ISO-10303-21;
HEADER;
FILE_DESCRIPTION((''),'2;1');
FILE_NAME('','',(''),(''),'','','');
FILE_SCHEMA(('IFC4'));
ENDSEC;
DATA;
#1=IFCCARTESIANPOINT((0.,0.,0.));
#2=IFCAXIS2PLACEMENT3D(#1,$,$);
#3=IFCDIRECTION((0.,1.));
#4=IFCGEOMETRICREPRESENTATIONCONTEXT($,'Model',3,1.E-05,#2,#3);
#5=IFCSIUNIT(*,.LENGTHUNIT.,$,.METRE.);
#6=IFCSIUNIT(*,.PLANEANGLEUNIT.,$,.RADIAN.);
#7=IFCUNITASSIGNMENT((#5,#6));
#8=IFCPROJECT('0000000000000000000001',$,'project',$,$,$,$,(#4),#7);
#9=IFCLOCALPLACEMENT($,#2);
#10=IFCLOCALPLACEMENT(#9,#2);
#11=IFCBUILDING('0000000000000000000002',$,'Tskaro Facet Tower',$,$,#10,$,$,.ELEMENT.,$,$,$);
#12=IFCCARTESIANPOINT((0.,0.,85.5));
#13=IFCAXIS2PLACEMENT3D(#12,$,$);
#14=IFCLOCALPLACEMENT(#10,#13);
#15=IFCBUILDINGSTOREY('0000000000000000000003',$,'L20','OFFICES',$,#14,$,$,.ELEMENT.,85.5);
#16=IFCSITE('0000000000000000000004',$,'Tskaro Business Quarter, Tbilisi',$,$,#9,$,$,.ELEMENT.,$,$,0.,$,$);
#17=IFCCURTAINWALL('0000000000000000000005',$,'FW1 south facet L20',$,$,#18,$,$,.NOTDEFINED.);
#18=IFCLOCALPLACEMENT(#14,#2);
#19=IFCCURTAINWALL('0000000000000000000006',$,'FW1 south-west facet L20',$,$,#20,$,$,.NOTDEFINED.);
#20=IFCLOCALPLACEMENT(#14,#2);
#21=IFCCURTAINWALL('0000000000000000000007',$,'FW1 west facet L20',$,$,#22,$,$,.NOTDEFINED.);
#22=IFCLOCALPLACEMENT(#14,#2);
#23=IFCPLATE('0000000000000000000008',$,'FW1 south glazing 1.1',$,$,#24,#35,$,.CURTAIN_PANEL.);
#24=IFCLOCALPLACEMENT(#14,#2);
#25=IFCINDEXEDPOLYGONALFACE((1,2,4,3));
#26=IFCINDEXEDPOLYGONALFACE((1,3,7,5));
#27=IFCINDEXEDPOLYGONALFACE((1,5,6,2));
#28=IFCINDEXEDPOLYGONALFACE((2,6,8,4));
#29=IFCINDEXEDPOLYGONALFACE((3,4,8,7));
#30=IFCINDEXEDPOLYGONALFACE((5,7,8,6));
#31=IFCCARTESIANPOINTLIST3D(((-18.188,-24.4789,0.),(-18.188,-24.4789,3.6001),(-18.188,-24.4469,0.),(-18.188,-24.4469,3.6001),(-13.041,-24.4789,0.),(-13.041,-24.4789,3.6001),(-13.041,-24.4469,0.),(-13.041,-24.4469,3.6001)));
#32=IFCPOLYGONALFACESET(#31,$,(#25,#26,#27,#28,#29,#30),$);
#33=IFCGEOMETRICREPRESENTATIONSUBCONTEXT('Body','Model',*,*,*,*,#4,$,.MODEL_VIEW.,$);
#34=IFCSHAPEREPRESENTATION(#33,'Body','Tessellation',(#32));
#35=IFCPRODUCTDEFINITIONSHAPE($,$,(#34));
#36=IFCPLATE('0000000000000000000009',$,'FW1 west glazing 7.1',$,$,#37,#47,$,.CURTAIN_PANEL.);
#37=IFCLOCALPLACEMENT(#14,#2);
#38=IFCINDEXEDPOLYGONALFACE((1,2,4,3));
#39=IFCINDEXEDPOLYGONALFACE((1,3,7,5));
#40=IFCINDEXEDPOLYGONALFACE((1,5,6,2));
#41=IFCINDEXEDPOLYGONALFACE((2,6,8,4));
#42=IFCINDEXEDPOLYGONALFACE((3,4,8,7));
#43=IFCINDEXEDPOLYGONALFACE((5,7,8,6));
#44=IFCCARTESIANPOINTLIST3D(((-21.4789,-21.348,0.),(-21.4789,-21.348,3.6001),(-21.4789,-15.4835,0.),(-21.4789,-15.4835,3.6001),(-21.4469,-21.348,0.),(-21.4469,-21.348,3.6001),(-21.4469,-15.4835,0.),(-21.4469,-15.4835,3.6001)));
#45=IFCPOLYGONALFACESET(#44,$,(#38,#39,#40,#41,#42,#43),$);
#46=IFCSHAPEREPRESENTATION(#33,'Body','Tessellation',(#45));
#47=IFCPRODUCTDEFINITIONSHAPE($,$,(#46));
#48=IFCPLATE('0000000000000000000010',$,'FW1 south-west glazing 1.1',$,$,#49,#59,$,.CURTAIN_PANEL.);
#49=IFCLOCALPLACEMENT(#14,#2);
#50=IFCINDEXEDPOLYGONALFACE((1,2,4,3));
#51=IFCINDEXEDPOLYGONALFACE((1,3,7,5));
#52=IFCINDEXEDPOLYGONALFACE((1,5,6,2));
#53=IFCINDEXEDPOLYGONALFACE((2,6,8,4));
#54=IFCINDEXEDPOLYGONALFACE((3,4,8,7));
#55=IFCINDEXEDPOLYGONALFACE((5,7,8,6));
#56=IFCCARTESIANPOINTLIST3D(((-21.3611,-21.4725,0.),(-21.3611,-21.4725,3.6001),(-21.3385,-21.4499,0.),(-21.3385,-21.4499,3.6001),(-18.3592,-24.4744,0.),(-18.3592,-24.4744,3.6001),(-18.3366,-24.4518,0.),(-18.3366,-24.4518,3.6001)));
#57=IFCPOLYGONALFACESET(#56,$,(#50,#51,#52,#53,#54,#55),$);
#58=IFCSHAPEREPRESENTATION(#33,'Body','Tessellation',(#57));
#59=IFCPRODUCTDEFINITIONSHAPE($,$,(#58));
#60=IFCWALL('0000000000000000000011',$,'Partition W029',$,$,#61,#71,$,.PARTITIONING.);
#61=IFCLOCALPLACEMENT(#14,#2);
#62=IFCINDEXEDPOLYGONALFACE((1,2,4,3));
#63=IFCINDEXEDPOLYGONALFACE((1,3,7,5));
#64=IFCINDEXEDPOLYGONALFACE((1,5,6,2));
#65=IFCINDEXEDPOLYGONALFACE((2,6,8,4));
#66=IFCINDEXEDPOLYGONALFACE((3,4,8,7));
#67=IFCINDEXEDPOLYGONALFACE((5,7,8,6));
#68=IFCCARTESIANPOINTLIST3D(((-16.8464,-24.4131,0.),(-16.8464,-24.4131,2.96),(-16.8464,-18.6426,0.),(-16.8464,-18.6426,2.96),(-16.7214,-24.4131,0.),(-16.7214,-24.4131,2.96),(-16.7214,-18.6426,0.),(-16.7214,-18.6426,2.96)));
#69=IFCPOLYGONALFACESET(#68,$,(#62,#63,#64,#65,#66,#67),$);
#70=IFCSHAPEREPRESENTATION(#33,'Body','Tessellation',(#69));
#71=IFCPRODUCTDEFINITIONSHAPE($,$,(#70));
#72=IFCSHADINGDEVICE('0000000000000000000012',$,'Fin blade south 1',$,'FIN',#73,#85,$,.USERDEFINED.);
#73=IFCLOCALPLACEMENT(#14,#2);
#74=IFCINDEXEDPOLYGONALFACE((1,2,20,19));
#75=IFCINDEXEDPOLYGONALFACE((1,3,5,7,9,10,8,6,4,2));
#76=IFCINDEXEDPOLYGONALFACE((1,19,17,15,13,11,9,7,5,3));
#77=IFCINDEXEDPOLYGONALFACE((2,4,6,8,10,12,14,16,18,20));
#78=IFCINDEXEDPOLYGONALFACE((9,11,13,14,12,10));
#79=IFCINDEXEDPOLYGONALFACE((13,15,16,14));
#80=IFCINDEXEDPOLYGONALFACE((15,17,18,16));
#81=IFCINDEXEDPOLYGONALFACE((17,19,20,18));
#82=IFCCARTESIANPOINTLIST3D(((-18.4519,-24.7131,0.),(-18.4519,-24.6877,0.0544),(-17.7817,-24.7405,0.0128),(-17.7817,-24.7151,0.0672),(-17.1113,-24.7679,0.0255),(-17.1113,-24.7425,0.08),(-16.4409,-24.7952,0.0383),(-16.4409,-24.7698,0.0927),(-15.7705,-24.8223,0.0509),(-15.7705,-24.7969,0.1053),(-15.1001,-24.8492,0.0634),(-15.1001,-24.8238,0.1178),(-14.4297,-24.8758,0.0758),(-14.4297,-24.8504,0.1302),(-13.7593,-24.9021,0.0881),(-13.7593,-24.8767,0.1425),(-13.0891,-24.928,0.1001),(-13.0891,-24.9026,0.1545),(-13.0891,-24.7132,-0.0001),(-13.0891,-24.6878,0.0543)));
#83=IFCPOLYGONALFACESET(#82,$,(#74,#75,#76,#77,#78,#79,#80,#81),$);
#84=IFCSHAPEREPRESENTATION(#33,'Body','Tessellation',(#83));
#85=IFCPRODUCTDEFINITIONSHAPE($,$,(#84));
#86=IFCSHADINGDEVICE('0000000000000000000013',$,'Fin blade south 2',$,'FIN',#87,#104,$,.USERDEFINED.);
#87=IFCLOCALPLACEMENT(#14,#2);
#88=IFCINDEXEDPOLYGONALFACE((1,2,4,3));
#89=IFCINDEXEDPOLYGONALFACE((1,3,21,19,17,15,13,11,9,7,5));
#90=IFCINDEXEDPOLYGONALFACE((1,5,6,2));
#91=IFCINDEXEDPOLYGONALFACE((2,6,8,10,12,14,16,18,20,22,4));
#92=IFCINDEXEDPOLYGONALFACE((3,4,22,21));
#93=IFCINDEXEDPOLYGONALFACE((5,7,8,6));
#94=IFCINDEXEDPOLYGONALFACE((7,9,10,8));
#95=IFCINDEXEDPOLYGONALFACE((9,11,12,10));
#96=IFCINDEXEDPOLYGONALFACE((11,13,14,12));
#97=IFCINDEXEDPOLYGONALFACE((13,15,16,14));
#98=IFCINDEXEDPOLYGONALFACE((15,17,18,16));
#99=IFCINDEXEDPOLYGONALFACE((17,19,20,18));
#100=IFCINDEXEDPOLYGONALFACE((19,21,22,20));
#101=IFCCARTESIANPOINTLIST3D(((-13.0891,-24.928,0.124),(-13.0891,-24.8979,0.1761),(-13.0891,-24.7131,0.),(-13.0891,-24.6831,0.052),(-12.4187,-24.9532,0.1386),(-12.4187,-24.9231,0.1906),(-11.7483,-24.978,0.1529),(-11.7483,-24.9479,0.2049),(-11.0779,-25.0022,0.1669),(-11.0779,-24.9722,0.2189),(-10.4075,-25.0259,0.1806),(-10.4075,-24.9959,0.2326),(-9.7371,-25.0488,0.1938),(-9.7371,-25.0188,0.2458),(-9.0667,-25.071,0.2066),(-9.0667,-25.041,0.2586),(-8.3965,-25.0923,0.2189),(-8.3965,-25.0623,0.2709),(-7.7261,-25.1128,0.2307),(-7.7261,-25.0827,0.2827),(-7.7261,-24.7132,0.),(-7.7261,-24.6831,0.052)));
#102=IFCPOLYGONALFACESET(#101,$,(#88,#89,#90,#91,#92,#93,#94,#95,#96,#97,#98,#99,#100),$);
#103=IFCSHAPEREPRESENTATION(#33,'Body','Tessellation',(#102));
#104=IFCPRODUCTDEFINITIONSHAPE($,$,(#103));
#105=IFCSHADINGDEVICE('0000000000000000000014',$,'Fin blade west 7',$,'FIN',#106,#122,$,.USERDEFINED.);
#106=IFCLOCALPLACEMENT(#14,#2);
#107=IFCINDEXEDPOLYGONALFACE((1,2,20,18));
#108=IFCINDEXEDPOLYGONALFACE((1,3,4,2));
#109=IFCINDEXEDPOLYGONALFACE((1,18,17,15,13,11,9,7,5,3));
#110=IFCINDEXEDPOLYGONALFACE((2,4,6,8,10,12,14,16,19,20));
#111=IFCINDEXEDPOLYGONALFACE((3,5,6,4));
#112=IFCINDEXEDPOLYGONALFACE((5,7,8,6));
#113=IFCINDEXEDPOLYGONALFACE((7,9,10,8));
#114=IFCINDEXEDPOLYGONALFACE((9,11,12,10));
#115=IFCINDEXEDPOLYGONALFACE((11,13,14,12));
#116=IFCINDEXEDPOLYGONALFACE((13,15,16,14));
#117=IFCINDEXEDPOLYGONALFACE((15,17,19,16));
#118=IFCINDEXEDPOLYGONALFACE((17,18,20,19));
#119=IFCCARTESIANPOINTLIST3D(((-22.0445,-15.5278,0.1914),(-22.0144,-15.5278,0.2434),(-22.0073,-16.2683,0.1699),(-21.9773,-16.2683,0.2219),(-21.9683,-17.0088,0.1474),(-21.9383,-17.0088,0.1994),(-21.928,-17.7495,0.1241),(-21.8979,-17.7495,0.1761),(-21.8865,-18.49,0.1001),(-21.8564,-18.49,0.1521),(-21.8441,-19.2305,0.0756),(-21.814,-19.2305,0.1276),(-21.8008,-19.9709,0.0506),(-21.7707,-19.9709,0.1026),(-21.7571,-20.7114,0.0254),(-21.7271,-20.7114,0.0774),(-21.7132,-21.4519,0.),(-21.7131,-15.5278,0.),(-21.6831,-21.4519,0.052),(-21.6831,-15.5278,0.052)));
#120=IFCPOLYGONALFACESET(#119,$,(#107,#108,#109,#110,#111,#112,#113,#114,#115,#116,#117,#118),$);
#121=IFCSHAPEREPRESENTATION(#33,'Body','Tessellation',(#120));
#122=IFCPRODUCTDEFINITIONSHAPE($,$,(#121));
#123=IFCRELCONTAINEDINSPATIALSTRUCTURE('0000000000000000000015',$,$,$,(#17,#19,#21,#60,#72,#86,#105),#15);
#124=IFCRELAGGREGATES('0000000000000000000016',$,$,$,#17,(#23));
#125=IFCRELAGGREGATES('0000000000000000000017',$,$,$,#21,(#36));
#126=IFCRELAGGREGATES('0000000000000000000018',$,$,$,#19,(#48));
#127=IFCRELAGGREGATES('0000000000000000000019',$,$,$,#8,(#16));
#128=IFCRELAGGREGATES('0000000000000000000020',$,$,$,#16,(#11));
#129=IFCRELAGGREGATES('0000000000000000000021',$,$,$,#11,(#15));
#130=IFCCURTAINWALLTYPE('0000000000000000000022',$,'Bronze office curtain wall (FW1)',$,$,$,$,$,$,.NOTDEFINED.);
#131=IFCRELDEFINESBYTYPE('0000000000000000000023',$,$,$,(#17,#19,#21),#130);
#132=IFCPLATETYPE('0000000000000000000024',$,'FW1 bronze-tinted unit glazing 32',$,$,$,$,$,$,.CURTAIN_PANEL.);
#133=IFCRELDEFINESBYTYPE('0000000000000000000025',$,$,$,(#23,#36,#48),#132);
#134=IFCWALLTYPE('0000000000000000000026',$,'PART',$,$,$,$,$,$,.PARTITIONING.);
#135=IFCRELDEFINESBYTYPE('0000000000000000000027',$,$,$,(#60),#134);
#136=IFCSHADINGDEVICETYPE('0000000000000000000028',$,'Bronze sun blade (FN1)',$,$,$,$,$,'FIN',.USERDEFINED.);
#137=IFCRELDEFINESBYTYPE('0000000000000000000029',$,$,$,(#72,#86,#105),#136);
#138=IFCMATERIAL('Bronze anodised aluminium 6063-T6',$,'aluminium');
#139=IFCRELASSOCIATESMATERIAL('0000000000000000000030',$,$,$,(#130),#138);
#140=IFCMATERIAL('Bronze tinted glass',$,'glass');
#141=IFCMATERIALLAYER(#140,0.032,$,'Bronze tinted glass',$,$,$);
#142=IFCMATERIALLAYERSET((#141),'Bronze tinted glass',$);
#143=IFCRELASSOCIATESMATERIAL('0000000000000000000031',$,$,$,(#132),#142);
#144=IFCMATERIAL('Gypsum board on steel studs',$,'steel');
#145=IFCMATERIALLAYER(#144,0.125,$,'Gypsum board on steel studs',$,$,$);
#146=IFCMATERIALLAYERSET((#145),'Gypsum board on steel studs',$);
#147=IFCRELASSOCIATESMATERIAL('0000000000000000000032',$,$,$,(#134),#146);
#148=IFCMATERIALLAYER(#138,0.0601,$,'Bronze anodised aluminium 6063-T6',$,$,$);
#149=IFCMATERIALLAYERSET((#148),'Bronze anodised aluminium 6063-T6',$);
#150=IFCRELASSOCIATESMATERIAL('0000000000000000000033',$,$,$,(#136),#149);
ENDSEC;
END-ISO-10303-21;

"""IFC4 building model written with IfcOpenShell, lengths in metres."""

from ifc_helpers import new_model, si_unit, direction, frame, frame_2d, origin, origin_2d, place, context, subcontext, project, spatial, polyline, rectangle, outline, extrude, material, layer, layer_set, type_object, element, aggregate, save


model = new_model("IFC4")

# Units and contexts
model_context = context("Model", 3, precision=1e-05, world=origin(), true_north=direction((0.0, 1.0)))
body_context = subcontext(model_context, "Body", "Model", "MODEL_VIEW")
ifc_project = project(units=[si_unit("LENGTHUNIT", "METRE"), si_unit("PLANEANGLEUNIT", "RADIAN")], contexts=[model_context])

# Site, building, storey
site_placement = place(None, origin())
site = spatial("IfcSite", under=ifc_project, at=site_placement, Name="Tskaro Business Quarter, Tbilisi", CompositionType="ELEMENT", RefElevation=0.0)
building_placement = place(site_placement, origin())
building = spatial("IfcBuilding", under=site, at=building_placement, Name="Tskaro Facet Tower", CompositionType="ELEMENT")
storey_placement = place(building_placement, frame((0.0, 0.0, 85.5)))
storey = spatial("IfcBuildingStorey", under=building, at=storey_placement, Name="L20", Description="OFFICES", CompositionType="ELEMENT", Elevation=85.5)

# Curtain walls
ifc_material_1 = material(Name="Bronze anodised aluminium 6063-T6", Category="aluminium")
curtain_wall_type = type_object("IfcCurtainWallType", Name="Bronze office curtain wall (FW1)", PredefinedType="NOTDEFINED", material=ifc_material_1)
curtain_wall_1_placement = place(storey_placement, origin())
curtain_wall_1 = element("IfcCurtainWall", 1, at=curtain_wall_1_placement, inside=storey, type_object=curtain_wall_type, Name="FW1 south facet L20", PredefinedType="NOTDEFINED")
curtain_wall_2_placement = place(storey_placement, origin())
curtain_wall_2 = element("IfcCurtainWall", 2, at=curtain_wall_2_placement, inside=storey, type_object=curtain_wall_type, Name="FW1 south-west facet L20", PredefinedType="NOTDEFINED")

# Curtain wall
curtain_wall_3_placement = place(storey_placement, origin())
curtain_wall_3 = element("IfcCurtainWall", 3, at=curtain_wall_3_placement, inside=storey, type_object=curtain_wall_type, Name="FW1 west facet L20", PredefinedType="NOTDEFINED")

# Plates
ifc_material_2 = material(Name="Bronze tinted glass", Category="glass")
ifc_layer_1 = layer(ifc_material_2, 0.032, Name="Bronze tinted glass")
ifc_layer_set_1 = layer_set([ifc_layer_1], Name="Bronze tinted glass")
plate_type = type_object("IfcPlateType", Name="FW1 bronze-tinted unit glazing 32", PredefinedType="CURTAIN_PANEL", material=ifc_layer_set_1)
plate_1_placement = place(storey_placement, frame((-15.6145, -24.4629, 0.0), z_axis=(0.0, 0.0, 1.0), x_axis=(1.0, 0.0, 0.0)))
plate_1 = element("IfcPlate", 4, at=plate_1_placement, type_object=plate_type, Name="FW1 south glazing 1.1", PredefinedType="CURTAIN_PANEL", context=body_context, shape_type="SweptSolid", body=[
    extrude(rectangle(XDim=5.147, YDim=0.032, at=origin_2d()), origin(), (0.0, 0.0, 1.0), 3.6001),
])
aggregate(curtain_wall_1, [plate_1])
plate_2_placement = place(storey_placement, frame((-21.4629, -18.4158, 0.0), z_axis=(0.0, 0.0, 1.0), x_axis=(0.0, -1.0, 0.0)))
plate_2 = element("IfcPlate", 5, at=plate_2_placement, type_object=plate_type, Name="FW1 west glazing 7.1", PredefinedType="CURTAIN_PANEL", context=body_context, shape_type="SweptSolid", body=[
    extrude(rectangle(XDim=5.8645, YDim=0.032, at=origin_2d()), origin(), (0.0, 0.0, 1.0), 3.6001),
])
aggregate(curtain_wall_3, [plate_2])
plate_3_placement = place(storey_placement, frame((-19.8489, -22.9622, 0.0), z_axis=(0.0, 0.0, 1.0), x_axis=(0.707107, -0.707107, 0.0)))
plate_3 = element("IfcPlate", 6, at=plate_3_placement, type_object=plate_type, Name="FW1 south-west glazing 1.1", PredefinedType="CURTAIN_PANEL", context=body_context, shape_type="SweptSolid", body=[
    extrude(rectangle(XDim=4.2454, YDim=0.032, at=origin_2d()), origin(), (0.0, 0.0, 1.0), 3.6001),
])
aggregate(curtain_wall_2, [plate_3])

# Wall
ifc_material_3 = material(Name="Gypsum board on steel studs", Category="steel")
ifc_layer_2 = layer(ifc_material_3, 0.125, Name="Gypsum board on steel studs")
ifc_layer_set_2 = layer_set([ifc_layer_2], Name="Gypsum board on steel studs")
wall_type = type_object("IfcWallType", Name="PART", PredefinedType="PARTITIONING", material=ifc_layer_set_2)
wall_placement = place(storey_placement, frame((-16.7839, -24.4131, 0.0), z_axis=(0.0, 0.0, 1.0), x_axis=(0.0, 1.0, 0.0)))
element("IfcWall", 7, at=wall_placement, inside=storey, type_object=wall_type, Name="Partition W029", PredefinedType="PARTITIONING", context=body_context, shape_type="SweptSolid", body=[
    extrude(rectangle(XDim=5.7705, YDim=0.125, at=frame_2d((2.8853, 0.0))), origin(), (0.0, 0.0, 1.0), 2.96),
])

# Shading devices
ifc_layer_3 = layer(ifc_material_1, 0.0601, Name="Bronze anodised aluminium 6063-T6")
ifc_layer_set_3 = layer_set([ifc_layer_3], Name="Bronze anodised aluminium 6063-T6")
shading_device_type = type_object("IfcShadingDeviceType", Name="Bronze sun blade (FN1)", ElementType="FIN", PredefinedType="USERDEFINED", material=ifc_layer_set_3)
shading_device_1_placement = place(storey_placement, frame((-18.4519, -24.6877, 0.0544), z_axis=(0.000033, 0.422997, 0.906131), x_axis=(1.0, -0.000014, -0.00003)))
element("IfcShadingDevice", 8, at=shading_device_1_placement, inside=storey, type_object=shading_device_type, Name="Fin blade south 1", ObjectType="FIN", PredefinedType="USERDEFINED", context=body_context, shape_type="SweptSolid", body=[
    extrude(outline(polyline([(0.0, 0.0), (5.3628, 0.0), (5.3628, -0.237), (4.6926, -0.2085), (4.0222, -0.1795), (3.3518, -0.1501), (2.6814, -0.1205), (2.011, -0.0905), (1.3406, -0.0604), (0.6702, -0.0301), (0.0, 0.0)])), origin(), (0.0, 0.0, -1.0), 0.0601),
])
shading_device_2_placement = place(storey_placement, frame((-13.0891, -24.6831, 0.052), z_axis=(0.000005, 0.500057, 0.865992), x_axis=(1.0, -0.000002, -0.000004)))
element("IfcShadingDevice", 9, at=shading_device_2_placement, inside=storey, type_object=shading_device_type, Name="Fin blade south 2", ObjectType="FIN", PredefinedType="USERDEFINED", context=body_context, shape_type="SweptSolid", body=[
    extrude(outline(polyline([(0.0, 0.0), (5.363, 0.0), (5.363, -0.4615), (4.6926, -0.4379), (4.0225, -0.4132), (3.3521, -0.3876), (2.6816, -0.3612), (2.0112, -0.3338), (1.3408, -0.3058), (0.6704, -0.2772), (0.0, -0.2481), (0.0, 0.0)])), origin(), (0.0, 0.0, -1.0), 0.0601),
])
shading_device_3_placement = place(storey_placement, frame((-21.6831, -15.5278, 0.052), z_axis=(0.500185, -0.000005, 0.865919), x_axis=(-0.000003, -1.0, -0.000005)))
element("IfcShadingDevice", 10, at=shading_device_3_placement, inside=storey, type_object=shading_device_type, Name="Fin blade west 7", ObjectType="FIN", PredefinedType="USERDEFINED", context=body_context, shape_type="SweptSolid", body=[
    extrude(outline(polyline([(0.0, 0.0), (5.9241, 0.0), (5.1836, -0.0508), (4.4431, -0.1012), (3.7026, -0.1512), (2.9622, -0.2002), (2.2217, -0.2481), (1.481, -0.2947), (0.7405, -0.3397), (0.0, -0.3826), (0.0, 0.0)])), origin(), (0.0, 0.0, -1.0), 0.0601),
])

save(model, "model.ifc")
